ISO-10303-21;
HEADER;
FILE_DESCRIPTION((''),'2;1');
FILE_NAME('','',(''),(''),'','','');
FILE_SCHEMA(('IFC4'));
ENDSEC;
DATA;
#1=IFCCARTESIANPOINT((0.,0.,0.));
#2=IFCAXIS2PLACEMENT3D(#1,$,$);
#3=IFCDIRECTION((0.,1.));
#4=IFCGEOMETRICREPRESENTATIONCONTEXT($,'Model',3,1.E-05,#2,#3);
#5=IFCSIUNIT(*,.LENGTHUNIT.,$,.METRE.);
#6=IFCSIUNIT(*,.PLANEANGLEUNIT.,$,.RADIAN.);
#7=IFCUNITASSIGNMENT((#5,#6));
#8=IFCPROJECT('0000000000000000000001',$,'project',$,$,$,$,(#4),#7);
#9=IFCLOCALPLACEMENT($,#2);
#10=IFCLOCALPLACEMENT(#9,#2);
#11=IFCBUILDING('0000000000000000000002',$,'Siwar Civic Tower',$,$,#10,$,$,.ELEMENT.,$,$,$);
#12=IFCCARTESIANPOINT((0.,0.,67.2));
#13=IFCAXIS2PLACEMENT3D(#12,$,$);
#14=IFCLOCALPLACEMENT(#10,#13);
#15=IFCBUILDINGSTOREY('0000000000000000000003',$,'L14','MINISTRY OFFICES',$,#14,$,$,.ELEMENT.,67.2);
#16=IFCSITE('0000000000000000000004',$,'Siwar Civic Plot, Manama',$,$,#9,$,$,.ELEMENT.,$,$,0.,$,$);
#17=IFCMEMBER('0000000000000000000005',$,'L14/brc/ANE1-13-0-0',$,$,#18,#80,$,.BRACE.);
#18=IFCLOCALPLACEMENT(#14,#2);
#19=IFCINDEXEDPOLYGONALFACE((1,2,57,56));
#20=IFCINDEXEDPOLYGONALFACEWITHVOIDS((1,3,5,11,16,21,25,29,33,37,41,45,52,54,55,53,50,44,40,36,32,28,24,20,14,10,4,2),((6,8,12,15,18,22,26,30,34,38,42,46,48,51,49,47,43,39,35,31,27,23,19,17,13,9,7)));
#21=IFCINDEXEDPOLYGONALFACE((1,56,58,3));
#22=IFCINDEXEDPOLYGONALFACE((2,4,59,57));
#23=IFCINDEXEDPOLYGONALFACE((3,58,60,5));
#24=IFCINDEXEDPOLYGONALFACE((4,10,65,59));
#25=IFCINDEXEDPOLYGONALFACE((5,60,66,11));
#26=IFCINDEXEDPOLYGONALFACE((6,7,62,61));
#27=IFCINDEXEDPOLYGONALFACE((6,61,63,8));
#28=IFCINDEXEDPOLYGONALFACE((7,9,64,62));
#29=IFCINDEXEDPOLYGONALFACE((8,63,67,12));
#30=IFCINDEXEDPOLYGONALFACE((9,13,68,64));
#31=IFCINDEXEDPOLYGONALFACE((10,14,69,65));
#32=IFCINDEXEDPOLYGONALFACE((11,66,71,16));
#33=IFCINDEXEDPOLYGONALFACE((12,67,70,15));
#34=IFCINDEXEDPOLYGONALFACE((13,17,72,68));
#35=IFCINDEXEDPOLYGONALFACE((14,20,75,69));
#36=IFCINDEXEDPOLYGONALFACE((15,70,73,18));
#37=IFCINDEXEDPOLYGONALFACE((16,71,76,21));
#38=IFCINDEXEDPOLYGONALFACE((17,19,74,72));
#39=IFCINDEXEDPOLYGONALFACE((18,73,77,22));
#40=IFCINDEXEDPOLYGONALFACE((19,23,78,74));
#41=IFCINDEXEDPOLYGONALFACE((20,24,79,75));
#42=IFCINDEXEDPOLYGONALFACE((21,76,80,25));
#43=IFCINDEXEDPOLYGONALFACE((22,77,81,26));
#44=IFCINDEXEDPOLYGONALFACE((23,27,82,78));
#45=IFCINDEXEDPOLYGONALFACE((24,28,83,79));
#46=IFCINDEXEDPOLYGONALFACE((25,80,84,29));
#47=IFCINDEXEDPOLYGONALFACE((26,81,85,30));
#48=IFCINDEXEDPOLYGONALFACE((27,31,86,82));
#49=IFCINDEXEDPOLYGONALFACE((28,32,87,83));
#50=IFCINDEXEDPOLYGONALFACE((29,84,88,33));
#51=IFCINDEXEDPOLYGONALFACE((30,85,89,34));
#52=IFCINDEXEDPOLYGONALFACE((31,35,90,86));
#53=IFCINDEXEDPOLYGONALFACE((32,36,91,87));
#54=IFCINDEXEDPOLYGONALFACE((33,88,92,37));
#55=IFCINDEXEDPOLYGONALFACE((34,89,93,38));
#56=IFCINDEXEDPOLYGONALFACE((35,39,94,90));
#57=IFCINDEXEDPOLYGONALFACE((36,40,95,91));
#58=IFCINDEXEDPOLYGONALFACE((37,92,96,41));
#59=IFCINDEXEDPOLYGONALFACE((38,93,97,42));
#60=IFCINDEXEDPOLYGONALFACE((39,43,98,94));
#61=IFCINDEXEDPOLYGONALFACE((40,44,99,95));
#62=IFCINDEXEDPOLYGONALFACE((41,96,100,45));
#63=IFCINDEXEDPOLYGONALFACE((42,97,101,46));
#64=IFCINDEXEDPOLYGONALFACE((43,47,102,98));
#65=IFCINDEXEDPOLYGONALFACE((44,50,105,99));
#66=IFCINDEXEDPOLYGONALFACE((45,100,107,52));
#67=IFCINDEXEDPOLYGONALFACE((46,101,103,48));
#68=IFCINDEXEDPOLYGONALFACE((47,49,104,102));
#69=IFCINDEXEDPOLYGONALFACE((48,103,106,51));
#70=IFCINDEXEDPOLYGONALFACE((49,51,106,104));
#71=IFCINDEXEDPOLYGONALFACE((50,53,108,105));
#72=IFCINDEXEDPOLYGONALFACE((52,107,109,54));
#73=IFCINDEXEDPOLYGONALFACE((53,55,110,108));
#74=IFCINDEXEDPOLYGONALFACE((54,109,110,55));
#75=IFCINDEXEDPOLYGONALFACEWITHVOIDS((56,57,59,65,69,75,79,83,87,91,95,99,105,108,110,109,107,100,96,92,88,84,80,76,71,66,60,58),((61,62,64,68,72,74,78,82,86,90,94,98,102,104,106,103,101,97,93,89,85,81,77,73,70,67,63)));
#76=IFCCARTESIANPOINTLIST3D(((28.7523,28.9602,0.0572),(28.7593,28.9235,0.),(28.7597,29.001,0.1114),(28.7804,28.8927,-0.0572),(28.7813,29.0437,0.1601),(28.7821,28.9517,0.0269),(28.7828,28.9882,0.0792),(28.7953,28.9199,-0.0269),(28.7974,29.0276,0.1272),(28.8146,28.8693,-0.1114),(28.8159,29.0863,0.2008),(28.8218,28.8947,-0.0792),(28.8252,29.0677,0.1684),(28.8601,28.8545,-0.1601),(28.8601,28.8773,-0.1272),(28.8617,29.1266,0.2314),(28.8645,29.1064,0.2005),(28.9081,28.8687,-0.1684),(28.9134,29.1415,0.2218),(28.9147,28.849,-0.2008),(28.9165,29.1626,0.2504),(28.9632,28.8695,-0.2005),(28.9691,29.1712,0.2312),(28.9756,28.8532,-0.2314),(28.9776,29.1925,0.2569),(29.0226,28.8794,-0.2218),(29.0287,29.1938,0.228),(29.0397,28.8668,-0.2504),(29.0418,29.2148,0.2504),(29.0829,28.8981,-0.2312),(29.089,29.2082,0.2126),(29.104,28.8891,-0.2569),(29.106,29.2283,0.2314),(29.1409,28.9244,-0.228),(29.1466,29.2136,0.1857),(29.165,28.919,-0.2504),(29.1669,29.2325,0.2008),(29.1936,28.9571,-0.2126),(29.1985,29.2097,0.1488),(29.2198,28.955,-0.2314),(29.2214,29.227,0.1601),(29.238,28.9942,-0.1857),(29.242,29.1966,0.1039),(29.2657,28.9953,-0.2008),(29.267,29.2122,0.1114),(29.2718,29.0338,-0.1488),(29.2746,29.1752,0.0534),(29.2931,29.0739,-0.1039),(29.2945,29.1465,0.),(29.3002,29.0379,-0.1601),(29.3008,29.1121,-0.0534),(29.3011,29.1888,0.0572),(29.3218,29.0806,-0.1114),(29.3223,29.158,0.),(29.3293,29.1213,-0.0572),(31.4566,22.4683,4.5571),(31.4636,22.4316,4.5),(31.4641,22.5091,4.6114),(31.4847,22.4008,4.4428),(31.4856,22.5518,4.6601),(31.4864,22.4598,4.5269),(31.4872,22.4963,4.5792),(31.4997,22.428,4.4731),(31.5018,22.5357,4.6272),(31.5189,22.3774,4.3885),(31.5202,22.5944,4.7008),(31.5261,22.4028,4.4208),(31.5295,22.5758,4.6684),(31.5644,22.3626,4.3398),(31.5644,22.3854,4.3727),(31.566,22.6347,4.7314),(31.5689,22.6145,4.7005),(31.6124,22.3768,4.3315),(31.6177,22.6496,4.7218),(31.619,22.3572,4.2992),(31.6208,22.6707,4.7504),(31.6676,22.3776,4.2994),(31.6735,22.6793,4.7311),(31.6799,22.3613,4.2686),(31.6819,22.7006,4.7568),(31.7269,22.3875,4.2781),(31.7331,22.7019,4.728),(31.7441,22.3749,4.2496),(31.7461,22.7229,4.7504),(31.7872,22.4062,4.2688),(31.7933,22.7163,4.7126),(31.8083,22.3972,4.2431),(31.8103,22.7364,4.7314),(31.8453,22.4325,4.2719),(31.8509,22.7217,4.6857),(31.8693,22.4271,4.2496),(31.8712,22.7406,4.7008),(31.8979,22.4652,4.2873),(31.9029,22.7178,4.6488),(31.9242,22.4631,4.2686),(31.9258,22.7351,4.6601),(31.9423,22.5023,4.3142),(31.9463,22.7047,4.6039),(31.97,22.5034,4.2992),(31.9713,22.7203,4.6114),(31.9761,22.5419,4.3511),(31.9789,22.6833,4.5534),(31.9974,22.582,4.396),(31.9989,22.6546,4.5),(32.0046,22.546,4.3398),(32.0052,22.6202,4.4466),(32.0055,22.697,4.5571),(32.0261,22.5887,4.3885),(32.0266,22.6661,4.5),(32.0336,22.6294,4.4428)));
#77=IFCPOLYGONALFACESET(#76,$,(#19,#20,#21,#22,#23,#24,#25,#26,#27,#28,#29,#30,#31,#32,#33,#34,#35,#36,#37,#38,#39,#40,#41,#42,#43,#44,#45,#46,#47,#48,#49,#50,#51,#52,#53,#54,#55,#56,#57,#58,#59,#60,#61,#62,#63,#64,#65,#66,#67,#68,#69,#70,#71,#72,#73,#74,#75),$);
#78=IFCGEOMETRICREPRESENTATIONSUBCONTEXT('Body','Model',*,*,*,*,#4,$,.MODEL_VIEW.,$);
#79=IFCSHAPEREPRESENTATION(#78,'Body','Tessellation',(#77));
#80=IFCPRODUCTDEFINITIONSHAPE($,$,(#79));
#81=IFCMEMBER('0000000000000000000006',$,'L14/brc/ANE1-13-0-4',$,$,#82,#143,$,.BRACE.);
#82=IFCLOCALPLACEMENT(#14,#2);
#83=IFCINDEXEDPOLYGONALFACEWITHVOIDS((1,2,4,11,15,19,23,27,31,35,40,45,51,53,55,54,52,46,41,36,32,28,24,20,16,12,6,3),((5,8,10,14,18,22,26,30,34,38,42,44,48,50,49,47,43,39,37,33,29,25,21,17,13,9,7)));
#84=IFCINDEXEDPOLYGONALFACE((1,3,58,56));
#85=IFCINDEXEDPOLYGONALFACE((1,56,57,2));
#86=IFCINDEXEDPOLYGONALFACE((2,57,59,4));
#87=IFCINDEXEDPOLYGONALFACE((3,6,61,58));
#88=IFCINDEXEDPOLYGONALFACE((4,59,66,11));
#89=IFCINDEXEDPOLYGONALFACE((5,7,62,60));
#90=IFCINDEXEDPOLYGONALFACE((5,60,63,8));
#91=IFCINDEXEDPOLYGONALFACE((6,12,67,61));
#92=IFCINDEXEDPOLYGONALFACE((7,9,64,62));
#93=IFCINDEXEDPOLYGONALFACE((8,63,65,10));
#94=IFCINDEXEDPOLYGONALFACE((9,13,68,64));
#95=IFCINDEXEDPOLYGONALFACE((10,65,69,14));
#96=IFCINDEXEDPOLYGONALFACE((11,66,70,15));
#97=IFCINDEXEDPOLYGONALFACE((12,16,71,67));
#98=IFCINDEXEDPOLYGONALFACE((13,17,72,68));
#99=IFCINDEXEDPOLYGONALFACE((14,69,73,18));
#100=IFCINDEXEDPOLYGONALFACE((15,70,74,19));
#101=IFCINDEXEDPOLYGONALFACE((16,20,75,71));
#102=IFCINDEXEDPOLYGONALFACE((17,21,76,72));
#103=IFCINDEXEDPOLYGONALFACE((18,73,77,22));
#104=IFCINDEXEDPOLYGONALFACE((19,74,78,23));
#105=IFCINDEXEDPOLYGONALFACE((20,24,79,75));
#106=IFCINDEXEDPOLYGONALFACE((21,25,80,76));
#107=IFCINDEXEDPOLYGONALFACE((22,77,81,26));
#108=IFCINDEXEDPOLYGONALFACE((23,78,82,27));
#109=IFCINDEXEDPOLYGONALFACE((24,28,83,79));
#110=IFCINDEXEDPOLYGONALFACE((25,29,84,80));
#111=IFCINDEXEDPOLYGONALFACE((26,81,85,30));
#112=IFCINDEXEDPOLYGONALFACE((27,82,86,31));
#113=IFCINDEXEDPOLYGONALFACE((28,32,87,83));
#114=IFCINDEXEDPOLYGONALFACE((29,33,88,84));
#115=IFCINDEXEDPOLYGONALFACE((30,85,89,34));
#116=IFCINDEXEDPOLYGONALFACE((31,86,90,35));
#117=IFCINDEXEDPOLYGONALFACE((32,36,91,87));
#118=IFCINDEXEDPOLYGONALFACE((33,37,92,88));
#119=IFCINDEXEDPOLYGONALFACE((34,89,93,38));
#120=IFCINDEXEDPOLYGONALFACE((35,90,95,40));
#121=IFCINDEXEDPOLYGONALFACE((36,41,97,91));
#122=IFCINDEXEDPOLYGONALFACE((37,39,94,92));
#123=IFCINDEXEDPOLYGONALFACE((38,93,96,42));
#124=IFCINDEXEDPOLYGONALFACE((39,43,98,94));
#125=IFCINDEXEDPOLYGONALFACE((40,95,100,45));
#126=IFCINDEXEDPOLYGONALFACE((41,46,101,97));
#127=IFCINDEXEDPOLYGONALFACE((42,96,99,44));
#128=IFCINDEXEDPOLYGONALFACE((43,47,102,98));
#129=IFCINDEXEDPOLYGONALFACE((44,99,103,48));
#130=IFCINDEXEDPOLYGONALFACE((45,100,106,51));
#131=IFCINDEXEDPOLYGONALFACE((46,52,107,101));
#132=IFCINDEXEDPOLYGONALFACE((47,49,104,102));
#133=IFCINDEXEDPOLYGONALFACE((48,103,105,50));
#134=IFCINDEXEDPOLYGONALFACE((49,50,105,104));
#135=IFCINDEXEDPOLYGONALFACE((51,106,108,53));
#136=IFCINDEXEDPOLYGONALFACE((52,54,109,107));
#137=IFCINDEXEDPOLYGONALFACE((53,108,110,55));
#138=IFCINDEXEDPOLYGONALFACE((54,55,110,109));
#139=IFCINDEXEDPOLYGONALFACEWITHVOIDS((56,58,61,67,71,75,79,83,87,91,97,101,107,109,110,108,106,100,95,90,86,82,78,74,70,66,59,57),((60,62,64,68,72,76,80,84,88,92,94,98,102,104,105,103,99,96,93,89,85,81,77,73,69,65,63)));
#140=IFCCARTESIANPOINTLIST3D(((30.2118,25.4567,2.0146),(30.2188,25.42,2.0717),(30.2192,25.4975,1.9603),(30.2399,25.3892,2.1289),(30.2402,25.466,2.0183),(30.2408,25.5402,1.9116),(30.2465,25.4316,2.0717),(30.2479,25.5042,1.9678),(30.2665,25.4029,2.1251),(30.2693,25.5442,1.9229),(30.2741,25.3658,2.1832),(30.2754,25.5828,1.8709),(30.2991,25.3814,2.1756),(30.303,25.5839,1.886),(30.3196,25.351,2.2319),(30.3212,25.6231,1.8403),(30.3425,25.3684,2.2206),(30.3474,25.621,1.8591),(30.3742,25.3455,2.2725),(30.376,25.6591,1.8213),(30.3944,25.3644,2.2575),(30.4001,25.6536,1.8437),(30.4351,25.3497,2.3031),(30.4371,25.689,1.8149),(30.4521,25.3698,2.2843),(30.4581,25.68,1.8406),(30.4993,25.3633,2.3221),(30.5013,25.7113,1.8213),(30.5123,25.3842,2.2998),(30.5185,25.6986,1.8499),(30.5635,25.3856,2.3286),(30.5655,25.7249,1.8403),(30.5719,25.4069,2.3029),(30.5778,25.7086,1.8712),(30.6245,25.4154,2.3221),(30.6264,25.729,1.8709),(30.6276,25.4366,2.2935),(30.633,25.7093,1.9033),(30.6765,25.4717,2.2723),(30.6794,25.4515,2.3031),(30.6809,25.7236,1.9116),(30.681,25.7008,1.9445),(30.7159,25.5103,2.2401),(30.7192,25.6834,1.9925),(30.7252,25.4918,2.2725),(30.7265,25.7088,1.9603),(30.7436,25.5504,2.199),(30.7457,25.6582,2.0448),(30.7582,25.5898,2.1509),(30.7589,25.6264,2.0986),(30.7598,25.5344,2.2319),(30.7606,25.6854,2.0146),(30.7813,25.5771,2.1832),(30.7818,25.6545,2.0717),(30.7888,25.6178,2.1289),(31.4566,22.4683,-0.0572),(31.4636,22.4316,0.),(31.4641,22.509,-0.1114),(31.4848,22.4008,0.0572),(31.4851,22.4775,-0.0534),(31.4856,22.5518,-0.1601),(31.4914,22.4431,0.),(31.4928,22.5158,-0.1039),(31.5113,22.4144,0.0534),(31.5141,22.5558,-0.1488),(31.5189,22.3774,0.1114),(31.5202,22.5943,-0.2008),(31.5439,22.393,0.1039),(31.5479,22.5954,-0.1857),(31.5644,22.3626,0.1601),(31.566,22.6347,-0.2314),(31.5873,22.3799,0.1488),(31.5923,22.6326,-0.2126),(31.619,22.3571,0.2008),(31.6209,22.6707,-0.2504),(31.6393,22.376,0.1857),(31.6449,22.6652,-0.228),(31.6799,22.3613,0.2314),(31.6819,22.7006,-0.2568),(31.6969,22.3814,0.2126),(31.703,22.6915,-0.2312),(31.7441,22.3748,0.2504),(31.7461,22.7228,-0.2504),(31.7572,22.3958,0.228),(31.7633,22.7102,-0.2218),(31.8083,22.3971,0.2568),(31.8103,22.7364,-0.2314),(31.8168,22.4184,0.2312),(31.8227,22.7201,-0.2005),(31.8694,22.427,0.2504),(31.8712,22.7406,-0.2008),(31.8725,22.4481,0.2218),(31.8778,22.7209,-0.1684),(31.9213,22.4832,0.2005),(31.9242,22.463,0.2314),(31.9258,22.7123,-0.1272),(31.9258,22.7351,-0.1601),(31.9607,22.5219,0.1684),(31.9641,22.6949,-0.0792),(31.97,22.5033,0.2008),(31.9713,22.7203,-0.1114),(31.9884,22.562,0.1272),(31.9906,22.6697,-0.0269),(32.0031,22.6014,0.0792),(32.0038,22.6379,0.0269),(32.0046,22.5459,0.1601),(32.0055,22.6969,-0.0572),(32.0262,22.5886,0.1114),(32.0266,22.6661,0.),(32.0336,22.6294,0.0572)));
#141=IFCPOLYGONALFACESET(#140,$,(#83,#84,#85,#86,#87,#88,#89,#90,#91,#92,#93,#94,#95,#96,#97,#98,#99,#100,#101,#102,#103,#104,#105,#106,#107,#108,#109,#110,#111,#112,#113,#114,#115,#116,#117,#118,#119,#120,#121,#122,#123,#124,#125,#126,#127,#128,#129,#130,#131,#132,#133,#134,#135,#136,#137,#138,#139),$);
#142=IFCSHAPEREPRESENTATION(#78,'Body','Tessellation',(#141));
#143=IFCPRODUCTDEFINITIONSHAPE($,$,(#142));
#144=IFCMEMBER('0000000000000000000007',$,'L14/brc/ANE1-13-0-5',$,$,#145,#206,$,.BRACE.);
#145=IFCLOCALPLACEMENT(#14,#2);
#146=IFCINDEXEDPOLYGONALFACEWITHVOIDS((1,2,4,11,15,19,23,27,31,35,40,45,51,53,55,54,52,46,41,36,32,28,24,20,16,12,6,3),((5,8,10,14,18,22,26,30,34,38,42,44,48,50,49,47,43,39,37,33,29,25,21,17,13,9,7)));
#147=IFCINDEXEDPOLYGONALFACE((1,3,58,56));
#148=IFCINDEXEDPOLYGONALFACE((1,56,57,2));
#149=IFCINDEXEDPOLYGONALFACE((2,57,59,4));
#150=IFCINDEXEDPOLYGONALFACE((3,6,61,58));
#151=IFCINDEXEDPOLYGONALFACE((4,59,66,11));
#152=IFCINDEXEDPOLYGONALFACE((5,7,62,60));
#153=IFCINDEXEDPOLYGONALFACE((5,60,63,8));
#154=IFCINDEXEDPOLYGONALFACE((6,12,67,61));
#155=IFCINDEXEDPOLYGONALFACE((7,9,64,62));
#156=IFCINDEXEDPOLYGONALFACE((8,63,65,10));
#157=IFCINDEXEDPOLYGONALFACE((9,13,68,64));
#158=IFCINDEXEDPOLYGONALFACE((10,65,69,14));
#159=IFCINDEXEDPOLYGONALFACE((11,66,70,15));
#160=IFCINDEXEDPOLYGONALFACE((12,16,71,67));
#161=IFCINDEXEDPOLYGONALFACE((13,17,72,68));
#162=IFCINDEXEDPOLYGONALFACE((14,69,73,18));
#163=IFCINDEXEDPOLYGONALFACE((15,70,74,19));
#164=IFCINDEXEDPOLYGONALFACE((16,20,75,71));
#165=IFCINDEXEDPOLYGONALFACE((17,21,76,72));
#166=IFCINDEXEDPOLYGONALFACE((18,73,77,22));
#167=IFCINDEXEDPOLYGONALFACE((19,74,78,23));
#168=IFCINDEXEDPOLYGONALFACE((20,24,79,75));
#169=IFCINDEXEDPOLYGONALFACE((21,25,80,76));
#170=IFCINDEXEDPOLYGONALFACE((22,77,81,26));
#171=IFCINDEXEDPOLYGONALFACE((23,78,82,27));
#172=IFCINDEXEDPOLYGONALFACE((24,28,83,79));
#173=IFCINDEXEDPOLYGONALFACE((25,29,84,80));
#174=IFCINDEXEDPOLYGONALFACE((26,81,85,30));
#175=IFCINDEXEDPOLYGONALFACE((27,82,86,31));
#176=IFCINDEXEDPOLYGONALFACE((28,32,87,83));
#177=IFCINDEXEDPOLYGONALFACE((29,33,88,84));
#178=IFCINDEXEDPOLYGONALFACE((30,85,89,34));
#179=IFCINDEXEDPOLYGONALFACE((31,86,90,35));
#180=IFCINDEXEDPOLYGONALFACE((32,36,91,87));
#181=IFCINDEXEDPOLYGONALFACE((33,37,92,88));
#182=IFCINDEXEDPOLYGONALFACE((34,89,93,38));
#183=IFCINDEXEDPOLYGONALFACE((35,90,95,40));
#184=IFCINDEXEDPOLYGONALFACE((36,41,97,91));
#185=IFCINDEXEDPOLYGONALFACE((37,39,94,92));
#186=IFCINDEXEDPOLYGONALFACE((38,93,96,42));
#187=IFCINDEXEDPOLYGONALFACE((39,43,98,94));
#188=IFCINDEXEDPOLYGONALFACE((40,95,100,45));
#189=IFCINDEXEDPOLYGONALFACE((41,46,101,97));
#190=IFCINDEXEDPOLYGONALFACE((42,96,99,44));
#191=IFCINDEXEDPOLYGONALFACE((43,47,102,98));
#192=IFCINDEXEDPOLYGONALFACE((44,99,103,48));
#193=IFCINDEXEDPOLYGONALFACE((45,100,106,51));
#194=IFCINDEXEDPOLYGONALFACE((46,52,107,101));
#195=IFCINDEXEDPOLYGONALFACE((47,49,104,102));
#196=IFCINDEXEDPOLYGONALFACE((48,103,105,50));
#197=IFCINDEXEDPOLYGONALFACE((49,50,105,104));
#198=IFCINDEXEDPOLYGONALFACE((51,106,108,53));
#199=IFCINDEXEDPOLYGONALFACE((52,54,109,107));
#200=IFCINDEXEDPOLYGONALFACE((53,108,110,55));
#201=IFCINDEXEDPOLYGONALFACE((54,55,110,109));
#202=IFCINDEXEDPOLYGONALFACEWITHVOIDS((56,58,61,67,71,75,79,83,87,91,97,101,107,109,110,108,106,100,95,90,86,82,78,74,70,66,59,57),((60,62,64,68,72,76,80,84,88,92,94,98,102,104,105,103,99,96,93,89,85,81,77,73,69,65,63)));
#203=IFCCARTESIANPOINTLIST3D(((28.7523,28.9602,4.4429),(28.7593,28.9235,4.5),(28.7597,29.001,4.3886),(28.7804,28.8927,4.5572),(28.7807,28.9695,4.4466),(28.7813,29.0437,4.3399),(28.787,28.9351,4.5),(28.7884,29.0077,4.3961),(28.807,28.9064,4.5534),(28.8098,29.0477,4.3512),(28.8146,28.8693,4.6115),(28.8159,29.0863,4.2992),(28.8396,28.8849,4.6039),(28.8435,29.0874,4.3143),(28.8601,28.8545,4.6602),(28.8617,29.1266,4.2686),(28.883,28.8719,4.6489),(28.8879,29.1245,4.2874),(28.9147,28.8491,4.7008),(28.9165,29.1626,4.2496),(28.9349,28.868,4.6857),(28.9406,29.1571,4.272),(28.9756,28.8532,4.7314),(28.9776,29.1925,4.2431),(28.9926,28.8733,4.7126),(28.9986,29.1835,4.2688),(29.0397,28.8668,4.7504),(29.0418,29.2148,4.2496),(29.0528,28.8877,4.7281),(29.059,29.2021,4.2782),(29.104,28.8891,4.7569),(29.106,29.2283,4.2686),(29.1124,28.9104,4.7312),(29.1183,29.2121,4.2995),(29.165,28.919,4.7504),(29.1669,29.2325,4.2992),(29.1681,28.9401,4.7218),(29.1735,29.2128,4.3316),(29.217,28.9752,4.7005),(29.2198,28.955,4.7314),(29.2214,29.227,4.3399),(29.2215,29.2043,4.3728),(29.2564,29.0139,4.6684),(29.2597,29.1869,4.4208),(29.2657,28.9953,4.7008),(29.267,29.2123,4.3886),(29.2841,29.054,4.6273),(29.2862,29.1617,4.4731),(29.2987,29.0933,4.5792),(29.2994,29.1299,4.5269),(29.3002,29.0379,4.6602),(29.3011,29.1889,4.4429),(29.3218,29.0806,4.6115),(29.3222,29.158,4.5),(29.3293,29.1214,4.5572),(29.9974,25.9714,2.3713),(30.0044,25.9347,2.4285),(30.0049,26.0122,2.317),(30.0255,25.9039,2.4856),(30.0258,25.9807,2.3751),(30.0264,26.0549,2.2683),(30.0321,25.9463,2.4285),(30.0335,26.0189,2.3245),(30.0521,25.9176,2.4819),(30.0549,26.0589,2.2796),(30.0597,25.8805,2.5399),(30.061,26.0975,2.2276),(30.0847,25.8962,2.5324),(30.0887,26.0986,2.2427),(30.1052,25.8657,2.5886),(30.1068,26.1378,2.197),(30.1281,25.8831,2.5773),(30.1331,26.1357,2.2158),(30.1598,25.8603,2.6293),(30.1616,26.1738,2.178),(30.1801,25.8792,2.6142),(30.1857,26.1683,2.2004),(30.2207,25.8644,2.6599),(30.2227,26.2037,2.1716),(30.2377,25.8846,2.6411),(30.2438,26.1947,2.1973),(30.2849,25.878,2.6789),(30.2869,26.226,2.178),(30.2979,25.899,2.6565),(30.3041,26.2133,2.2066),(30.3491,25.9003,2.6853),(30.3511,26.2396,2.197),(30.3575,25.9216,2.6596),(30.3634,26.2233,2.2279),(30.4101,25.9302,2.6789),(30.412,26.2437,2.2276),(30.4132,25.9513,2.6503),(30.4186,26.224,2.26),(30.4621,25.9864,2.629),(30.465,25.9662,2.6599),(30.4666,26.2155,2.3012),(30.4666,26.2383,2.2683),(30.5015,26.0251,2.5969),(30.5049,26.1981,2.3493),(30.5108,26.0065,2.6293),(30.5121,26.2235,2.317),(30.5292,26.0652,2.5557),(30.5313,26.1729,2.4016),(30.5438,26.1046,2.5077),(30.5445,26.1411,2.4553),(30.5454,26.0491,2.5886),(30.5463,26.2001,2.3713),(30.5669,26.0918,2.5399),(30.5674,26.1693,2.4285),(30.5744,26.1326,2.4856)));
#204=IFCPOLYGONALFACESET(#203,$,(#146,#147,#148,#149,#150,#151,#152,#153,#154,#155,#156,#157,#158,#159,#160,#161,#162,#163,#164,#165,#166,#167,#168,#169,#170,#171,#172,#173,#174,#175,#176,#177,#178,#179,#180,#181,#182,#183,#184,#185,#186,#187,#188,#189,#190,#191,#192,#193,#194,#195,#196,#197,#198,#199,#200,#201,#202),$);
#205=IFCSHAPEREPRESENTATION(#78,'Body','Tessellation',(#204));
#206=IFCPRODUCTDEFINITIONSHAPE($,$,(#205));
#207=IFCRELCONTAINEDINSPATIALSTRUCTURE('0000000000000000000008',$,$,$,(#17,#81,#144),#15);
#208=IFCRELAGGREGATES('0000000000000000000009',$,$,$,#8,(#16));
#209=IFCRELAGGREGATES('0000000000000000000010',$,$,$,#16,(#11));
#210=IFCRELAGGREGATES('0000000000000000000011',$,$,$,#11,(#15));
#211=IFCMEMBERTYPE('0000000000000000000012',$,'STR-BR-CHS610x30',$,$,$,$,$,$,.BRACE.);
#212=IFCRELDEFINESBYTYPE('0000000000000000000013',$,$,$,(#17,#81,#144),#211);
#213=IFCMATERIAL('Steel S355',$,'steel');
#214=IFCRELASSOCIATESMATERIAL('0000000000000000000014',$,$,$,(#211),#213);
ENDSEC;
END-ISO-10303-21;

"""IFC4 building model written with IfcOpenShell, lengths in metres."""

from ifc_helpers import new_model, si_unit, direction, frame, origin, origin_2d, place, context, subcontext, project, spatial, hollow_circle, extrude, material, material_profile, profile_set, type_object, element, save


model = new_model("IFC4")

# Units and contexts
model_context = context("Model", 3, precision=1e-05, world=origin(), true_north=direction((0.0, 1.0)))
body_context = subcontext(model_context, "Body", "Model", "MODEL_VIEW")
ifc_project = project(units=[si_unit("LENGTHUNIT", "METRE"), si_unit("PLANEANGLEUNIT", "RADIAN")], contexts=[model_context])

# Site, building, storey
site_placement = place(None, origin())
site = spatial("IfcSite", under=ifc_project, at=site_placement, Name="Siwar Civic Plot, Manama", CompositionType="ELEMENT", RefElevation=0.0)
building_placement = place(site_placement, origin())
building = spatial("IfcBuilding", under=site, at=building_placement, Name="Siwar Civic Tower", CompositionType="ELEMENT")
storey_placement = place(building_placement, frame((0.0, 0.0, 67.2)))
storey = spatial("IfcBuildingStorey", under=building, at=storey_placement, Name="L14", Description="MINISTRY OFFICES", CompositionType="ELEMENT", Elevation=67.2)

# Members
ifc_material_1 = material(Name="Steel S355", Category="steel")
ifc_material_profile_1 = material_profile(ifc_material_1, hollow_circle(Radius=0.3049, WallThickness=0.03, at=origin_2d()), Name="CHS610x30")
ifc_profile_set_1 = profile_set([ifc_material_profile_1], Name="Steel S355")
member_type_1 = type_object("IfcMemberType", Name="STR-BR-CHS610x30", PredefinedType="BRACE", material=ifc_profile_set_1)
member_1_placement = place(storey_placement, frame((29.0408, 29.0408, 0.0), z_axis=(0.323906, -0.777555, 0.538975), x_axis=(0.923109, 0.384539, 0.0)))
element("IfcMember", 1, at=member_1_placement, inside=storey, type_object=member_type_1, Name="L14/brc/ANE1-13-0-0", PredefinedType="BRACE", context=body_context, shape_type="SweptSolid", body=[
    extrude(hollow_circle(Radius=0.3049, WallThickness=0.03, at=origin_2d()), origin(), (0.0, 0.0, 1.0), 8.3491),
])
member_2_placement = place(storey_placement, frame((31.7451, 22.5488, 0.0), z_axis=(-0.323882, 0.777533, 0.53902), x_axis=(-0.923115, -0.384524, 0.0)))
element("IfcMember", 2, at=member_2_placement, inside=storey, type_object=member_type_1, Name="L14/brc/ANE1-13-0-4", PredefinedType="BRACE", context=body_context, shape_type="SweptSolid", body=[
    extrude(hollow_circle(Radius=0.3049, WallThickness=0.03, at=origin_2d()), origin(), (0.0, 0.0, 1.0), 3.8435),
])
member_3_placement = place(storey_placement, frame((30.2859, 26.052, 2.4285), z_axis=(-0.323934, 0.777569, 0.538937), x_axis=(-0.923099, -0.384562, 0.0)))
element("IfcMember", 3, at=member_3_placement, inside=storey, type_object=member_type_1, Name="L14/brc/ANE1-13-0-5", PredefinedType="BRACE", context=body_context, shape_type="SweptSolid", body=[
    extrude(hollow_circle(Radius=0.3049, WallThickness=0.03, at=origin_2d()), origin(), (0.0, 0.0, 1.0), 3.8438),
])

save(model, "model.ifc")
